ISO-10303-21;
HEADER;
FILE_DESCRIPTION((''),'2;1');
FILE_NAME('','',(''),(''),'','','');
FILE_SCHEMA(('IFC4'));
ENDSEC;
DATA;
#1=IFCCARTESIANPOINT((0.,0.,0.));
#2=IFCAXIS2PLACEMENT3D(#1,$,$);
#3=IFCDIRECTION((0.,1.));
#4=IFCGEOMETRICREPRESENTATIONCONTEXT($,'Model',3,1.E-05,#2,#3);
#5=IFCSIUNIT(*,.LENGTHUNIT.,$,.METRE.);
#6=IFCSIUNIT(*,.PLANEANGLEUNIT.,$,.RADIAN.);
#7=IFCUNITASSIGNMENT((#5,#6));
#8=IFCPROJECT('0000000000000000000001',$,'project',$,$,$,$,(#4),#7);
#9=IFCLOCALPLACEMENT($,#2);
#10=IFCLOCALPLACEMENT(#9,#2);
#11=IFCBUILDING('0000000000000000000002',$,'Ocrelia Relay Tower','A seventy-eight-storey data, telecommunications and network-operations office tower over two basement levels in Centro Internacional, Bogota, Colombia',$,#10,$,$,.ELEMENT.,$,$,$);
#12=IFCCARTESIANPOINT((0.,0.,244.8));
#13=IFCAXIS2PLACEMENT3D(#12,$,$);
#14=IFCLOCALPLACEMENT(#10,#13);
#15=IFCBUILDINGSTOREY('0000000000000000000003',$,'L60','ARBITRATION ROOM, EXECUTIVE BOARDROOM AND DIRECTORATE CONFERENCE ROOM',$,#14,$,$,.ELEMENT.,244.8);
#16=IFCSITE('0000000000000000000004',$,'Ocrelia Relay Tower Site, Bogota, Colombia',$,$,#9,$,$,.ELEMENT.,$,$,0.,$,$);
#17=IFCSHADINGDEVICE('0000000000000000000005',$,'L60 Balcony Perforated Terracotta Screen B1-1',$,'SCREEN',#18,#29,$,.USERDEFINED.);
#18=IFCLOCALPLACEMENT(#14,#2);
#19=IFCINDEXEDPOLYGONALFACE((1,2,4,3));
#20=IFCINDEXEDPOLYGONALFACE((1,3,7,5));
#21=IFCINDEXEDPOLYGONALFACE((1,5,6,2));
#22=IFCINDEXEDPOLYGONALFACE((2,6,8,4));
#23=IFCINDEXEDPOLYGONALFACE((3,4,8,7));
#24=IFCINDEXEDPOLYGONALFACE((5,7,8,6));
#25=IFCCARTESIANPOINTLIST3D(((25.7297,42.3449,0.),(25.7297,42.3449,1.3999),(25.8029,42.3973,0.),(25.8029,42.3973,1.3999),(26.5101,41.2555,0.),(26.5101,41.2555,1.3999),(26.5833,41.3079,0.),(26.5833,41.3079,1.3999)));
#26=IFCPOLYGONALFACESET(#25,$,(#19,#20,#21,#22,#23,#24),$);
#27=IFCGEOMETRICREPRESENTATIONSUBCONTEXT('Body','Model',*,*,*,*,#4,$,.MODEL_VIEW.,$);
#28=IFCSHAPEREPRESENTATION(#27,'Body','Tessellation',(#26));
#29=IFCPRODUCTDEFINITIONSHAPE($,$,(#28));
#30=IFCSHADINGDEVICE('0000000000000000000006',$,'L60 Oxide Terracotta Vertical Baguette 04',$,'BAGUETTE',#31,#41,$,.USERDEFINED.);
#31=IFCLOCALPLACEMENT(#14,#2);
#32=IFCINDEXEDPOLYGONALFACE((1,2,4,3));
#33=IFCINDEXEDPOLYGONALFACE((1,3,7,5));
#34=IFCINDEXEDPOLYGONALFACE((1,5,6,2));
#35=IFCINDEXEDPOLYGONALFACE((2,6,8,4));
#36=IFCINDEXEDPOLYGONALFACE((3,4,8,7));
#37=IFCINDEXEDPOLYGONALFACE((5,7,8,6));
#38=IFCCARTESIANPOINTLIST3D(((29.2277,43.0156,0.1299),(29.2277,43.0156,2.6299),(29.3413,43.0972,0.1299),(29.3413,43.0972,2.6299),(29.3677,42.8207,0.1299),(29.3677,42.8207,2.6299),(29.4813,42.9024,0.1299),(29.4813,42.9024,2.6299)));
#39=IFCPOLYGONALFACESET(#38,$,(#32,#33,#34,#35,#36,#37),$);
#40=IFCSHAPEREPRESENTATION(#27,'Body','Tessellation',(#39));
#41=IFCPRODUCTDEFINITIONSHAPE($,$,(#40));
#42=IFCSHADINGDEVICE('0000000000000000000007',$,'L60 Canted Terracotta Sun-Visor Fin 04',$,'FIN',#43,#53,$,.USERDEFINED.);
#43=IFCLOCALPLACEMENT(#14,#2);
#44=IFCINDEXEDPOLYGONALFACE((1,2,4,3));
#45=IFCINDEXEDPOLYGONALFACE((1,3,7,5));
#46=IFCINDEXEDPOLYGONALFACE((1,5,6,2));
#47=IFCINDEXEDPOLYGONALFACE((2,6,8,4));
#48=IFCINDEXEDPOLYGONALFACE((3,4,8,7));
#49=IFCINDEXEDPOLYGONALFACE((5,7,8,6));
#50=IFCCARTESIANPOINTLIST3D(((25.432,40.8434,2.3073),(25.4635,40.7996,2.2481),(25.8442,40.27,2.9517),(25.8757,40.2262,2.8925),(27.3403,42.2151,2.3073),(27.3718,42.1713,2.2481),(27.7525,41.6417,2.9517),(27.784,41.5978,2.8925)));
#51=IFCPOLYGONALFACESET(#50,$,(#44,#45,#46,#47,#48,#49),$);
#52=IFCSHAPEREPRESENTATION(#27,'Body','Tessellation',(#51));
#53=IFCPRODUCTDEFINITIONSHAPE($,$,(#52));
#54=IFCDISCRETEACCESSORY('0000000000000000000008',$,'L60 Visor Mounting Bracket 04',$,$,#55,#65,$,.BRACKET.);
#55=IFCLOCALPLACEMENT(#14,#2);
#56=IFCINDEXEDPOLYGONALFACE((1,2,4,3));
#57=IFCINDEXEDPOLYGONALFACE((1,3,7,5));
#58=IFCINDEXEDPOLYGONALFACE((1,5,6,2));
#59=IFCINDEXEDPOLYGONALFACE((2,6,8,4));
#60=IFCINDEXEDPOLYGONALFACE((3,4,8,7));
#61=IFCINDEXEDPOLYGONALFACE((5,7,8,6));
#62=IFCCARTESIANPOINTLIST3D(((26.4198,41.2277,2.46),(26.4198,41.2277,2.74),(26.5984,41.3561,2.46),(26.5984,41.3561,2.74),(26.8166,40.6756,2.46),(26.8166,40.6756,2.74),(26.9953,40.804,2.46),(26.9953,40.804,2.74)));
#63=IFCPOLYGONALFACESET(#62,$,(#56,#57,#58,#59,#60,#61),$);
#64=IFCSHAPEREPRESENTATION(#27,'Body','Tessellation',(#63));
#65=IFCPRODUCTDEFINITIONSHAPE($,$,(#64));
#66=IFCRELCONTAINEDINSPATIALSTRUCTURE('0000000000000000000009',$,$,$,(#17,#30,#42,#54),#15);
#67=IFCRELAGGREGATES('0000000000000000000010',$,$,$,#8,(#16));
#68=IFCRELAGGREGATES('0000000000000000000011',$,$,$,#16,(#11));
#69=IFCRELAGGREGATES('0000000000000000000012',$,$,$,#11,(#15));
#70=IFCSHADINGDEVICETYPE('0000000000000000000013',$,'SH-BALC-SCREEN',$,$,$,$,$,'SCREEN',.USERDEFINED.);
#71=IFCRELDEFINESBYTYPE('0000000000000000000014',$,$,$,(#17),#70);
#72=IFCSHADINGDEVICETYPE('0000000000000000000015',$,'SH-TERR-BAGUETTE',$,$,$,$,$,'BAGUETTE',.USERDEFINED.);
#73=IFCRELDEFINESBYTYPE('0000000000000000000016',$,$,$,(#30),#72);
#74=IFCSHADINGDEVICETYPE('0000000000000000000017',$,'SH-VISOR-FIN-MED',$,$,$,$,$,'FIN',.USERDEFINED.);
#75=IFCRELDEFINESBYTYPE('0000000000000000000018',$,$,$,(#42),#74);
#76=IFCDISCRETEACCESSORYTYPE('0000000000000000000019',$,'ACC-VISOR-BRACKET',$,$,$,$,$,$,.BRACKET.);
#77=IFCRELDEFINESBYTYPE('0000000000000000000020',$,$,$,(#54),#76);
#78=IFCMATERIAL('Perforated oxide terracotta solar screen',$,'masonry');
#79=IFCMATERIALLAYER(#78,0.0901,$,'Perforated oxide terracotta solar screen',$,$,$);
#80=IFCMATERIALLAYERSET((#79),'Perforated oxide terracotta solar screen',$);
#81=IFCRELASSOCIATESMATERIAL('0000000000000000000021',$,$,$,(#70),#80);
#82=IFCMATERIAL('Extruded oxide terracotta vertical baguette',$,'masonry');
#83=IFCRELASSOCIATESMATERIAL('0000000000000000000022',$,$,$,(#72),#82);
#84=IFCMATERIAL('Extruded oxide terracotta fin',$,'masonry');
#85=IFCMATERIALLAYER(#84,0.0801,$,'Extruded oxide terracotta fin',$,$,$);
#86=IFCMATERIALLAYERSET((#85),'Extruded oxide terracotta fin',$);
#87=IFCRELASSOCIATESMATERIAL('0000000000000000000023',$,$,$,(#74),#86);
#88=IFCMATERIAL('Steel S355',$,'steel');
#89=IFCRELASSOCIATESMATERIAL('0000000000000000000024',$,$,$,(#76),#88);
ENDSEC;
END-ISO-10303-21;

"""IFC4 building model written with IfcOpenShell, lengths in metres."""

from ifc_helpers import new_model, si_unit, direction, frame, origin, origin_2d, place, context, subcontext, project, spatial, rectangle, extrude, material, layer, layer_set, type_object, element, save


model = new_model("IFC4")

# Units and contexts
model_context = context("Model", 3, precision=1e-05, world=origin(), true_north=direction((0.0, 1.0)))
body_context = subcontext(model_context, "Body", "Model", "MODEL_VIEW")
ifc_project = project(units=[si_unit("LENGTHUNIT", "METRE"), si_unit("PLANEANGLEUNIT", "RADIAN")], contexts=[model_context])

# Site, building, storey
site_placement = place(None, origin())
site = spatial("IfcSite", under=ifc_project, at=site_placement, Name="Ocrelia Relay Tower Site, Bogota, Colombia", CompositionType="ELEMENT", RefElevation=0.0)
building_placement = place(site_placement, origin())
building = spatial("IfcBuilding", under=site, at=building_placement, Name="Ocrelia Relay Tower", Description="A seventy-eight-storey data, telecommunications and network-operations office tower over two basement levels in Centro Internacional, Bogota, Colombia", CompositionType="ELEMENT")
storey_placement = place(building_placement, frame((0.0, 0.0, 244.8)))
storey = spatial("IfcBuildingStorey", under=building, at=storey_placement, Name="L60", Description="ARBITRATION ROOM, EXECUTIVE BOARDROOM AND DIRECTORATE CONFERENCE ROOM", CompositionType="ELEMENT", Elevation=244.8)

# Shared definitions
ifc_material_1 = material(Name="Steel S355", Category="steel")

# Shading devices
ifc_material_2 = material(Name="Perforated oxide terracotta solar screen", Category="masonry")
ifc_layer_1 = layer(ifc_material_2, 0.0901, Name="Perforated oxide terracotta solar screen")
ifc_layer_set_1 = layer_set([ifc_layer_1], Name="Perforated oxide terracotta solar screen")
shading_device_type_1 = type_object("IfcShadingDeviceType", Name="SH-BALC-SCREEN", ElementType="SCREEN", PredefinedType="USERDEFINED", material=ifc_layer_set_1)
shading_device_1_placement = place(storey_placement, frame((26.1565, 41.8264, 0.0), z_axis=(0.0, 0.0, 1.0), x_axis=(-0.582358, 0.812933, 0.0)))
element("IfcShadingDevice", 1, at=shading_device_1_placement, inside=storey, type_object=shading_device_type_1, Name="L60 Balcony Perforated Terracotta Screen B1-1", ObjectType="SCREEN", PredefinedType="USERDEFINED", context=body_context, shape_type="SweptSolid", body=[
    extrude(rectangle(XDim=1.3401, YDim=0.0901, at=origin_2d()), origin(), (0.0, 0.0, 1.0), 1.3999),
])
ifc_material_3 = material(Name="Extruded oxide terracotta vertical baguette", Category="masonry")
shading_device_type_2 = type_object("IfcShadingDeviceType", Name="SH-TERR-BAGUETTE", ElementType="BAGUETTE", PredefinedType="USERDEFINED", material=ifc_material_3)
shading_device_2_placement = place(storey_placement, frame((29.3545, 42.959, 0.1299), z_axis=(0.0, 0.0, 1.0), x_axis=(-0.811994, -0.583666, 0.0)))
element("IfcShadingDevice", 2, at=shading_device_2_placement, inside=storey, type_object=shading_device_type_2, Name="L60 Oxide Terracotta Vertical Baguette 04", ObjectType="BAGUETTE", PredefinedType="USERDEFINED", context=body_context, shape_type="SweptSolid", body=[
    extrude(rectangle(XDim=0.1399, YDim=0.24, at=origin_2d()), origin(), (0.0, 0.0, 1.0), 2.5),
])
ifc_material_4 = material(Name="Extruded oxide terracotta fin", Category="masonry")
ifc_layer_2 = layer(ifc_material_4, 0.0801, Name="Extruded oxide terracotta fin")
ifc_layer_set_2 = layer_set([ifc_layer_2], Name="Extruded oxide terracotta fin")
shading_device_type_3 = type_object("IfcShadingDeviceType", Name="SH-VISOR-FIN-MED", ElementType="FIN", PredefinedType="USERDEFINED", material=ifc_layer_set_2)
shading_device_3_placement = place(storey_placement, frame((26.6238, 41.1987, 2.5703), z_axis=(-0.393417, 0.54732, 0.738691), x_axis=(-0.811994, -0.583666, 0.0)))
element("IfcShadingDevice", 3, at=shading_device_3_placement, inside=storey, type_object=shading_device_type_3, Name="L60 Canted Terracotta Sun-Visor Fin 04", ObjectType="FIN", PredefinedType="USERDEFINED", context=body_context, shape_type="SweptSolid", body=[
    extrude(rectangle(XDim=2.3501, YDim=0.9561, at=origin_2d()), origin(), (0.0, 0.0, 1.0), 0.0801),
])

# Discrete accessory
discrete_accessory_type = type_object("IfcDiscreteAccessoryType", Name="ACC-VISOR-BRACKET", PredefinedType="BRACKET", material=ifc_material_1)
discrete_accessory_placement = place(storey_placement, frame((26.7075, 41.0159, 2.46), z_axis=(0.0, 0.0, 1.0), x_axis=(-0.811994, -0.583666, 0.0)))
element("IfcDiscreteAccessory", 4, at=discrete_accessory_placement, inside=storey, type_object=discrete_accessory_type, Name="L60 Visor Mounting Bracket 04", PredefinedType="BRACKET", context=body_context, shape_type="SweptSolid", body=[
    extrude(rectangle(XDim=0.22, YDim=0.6799, at=origin_2d()), origin(), (0.0, 0.0, 1.0), 0.28),
])

save(model, "model.ifc")
